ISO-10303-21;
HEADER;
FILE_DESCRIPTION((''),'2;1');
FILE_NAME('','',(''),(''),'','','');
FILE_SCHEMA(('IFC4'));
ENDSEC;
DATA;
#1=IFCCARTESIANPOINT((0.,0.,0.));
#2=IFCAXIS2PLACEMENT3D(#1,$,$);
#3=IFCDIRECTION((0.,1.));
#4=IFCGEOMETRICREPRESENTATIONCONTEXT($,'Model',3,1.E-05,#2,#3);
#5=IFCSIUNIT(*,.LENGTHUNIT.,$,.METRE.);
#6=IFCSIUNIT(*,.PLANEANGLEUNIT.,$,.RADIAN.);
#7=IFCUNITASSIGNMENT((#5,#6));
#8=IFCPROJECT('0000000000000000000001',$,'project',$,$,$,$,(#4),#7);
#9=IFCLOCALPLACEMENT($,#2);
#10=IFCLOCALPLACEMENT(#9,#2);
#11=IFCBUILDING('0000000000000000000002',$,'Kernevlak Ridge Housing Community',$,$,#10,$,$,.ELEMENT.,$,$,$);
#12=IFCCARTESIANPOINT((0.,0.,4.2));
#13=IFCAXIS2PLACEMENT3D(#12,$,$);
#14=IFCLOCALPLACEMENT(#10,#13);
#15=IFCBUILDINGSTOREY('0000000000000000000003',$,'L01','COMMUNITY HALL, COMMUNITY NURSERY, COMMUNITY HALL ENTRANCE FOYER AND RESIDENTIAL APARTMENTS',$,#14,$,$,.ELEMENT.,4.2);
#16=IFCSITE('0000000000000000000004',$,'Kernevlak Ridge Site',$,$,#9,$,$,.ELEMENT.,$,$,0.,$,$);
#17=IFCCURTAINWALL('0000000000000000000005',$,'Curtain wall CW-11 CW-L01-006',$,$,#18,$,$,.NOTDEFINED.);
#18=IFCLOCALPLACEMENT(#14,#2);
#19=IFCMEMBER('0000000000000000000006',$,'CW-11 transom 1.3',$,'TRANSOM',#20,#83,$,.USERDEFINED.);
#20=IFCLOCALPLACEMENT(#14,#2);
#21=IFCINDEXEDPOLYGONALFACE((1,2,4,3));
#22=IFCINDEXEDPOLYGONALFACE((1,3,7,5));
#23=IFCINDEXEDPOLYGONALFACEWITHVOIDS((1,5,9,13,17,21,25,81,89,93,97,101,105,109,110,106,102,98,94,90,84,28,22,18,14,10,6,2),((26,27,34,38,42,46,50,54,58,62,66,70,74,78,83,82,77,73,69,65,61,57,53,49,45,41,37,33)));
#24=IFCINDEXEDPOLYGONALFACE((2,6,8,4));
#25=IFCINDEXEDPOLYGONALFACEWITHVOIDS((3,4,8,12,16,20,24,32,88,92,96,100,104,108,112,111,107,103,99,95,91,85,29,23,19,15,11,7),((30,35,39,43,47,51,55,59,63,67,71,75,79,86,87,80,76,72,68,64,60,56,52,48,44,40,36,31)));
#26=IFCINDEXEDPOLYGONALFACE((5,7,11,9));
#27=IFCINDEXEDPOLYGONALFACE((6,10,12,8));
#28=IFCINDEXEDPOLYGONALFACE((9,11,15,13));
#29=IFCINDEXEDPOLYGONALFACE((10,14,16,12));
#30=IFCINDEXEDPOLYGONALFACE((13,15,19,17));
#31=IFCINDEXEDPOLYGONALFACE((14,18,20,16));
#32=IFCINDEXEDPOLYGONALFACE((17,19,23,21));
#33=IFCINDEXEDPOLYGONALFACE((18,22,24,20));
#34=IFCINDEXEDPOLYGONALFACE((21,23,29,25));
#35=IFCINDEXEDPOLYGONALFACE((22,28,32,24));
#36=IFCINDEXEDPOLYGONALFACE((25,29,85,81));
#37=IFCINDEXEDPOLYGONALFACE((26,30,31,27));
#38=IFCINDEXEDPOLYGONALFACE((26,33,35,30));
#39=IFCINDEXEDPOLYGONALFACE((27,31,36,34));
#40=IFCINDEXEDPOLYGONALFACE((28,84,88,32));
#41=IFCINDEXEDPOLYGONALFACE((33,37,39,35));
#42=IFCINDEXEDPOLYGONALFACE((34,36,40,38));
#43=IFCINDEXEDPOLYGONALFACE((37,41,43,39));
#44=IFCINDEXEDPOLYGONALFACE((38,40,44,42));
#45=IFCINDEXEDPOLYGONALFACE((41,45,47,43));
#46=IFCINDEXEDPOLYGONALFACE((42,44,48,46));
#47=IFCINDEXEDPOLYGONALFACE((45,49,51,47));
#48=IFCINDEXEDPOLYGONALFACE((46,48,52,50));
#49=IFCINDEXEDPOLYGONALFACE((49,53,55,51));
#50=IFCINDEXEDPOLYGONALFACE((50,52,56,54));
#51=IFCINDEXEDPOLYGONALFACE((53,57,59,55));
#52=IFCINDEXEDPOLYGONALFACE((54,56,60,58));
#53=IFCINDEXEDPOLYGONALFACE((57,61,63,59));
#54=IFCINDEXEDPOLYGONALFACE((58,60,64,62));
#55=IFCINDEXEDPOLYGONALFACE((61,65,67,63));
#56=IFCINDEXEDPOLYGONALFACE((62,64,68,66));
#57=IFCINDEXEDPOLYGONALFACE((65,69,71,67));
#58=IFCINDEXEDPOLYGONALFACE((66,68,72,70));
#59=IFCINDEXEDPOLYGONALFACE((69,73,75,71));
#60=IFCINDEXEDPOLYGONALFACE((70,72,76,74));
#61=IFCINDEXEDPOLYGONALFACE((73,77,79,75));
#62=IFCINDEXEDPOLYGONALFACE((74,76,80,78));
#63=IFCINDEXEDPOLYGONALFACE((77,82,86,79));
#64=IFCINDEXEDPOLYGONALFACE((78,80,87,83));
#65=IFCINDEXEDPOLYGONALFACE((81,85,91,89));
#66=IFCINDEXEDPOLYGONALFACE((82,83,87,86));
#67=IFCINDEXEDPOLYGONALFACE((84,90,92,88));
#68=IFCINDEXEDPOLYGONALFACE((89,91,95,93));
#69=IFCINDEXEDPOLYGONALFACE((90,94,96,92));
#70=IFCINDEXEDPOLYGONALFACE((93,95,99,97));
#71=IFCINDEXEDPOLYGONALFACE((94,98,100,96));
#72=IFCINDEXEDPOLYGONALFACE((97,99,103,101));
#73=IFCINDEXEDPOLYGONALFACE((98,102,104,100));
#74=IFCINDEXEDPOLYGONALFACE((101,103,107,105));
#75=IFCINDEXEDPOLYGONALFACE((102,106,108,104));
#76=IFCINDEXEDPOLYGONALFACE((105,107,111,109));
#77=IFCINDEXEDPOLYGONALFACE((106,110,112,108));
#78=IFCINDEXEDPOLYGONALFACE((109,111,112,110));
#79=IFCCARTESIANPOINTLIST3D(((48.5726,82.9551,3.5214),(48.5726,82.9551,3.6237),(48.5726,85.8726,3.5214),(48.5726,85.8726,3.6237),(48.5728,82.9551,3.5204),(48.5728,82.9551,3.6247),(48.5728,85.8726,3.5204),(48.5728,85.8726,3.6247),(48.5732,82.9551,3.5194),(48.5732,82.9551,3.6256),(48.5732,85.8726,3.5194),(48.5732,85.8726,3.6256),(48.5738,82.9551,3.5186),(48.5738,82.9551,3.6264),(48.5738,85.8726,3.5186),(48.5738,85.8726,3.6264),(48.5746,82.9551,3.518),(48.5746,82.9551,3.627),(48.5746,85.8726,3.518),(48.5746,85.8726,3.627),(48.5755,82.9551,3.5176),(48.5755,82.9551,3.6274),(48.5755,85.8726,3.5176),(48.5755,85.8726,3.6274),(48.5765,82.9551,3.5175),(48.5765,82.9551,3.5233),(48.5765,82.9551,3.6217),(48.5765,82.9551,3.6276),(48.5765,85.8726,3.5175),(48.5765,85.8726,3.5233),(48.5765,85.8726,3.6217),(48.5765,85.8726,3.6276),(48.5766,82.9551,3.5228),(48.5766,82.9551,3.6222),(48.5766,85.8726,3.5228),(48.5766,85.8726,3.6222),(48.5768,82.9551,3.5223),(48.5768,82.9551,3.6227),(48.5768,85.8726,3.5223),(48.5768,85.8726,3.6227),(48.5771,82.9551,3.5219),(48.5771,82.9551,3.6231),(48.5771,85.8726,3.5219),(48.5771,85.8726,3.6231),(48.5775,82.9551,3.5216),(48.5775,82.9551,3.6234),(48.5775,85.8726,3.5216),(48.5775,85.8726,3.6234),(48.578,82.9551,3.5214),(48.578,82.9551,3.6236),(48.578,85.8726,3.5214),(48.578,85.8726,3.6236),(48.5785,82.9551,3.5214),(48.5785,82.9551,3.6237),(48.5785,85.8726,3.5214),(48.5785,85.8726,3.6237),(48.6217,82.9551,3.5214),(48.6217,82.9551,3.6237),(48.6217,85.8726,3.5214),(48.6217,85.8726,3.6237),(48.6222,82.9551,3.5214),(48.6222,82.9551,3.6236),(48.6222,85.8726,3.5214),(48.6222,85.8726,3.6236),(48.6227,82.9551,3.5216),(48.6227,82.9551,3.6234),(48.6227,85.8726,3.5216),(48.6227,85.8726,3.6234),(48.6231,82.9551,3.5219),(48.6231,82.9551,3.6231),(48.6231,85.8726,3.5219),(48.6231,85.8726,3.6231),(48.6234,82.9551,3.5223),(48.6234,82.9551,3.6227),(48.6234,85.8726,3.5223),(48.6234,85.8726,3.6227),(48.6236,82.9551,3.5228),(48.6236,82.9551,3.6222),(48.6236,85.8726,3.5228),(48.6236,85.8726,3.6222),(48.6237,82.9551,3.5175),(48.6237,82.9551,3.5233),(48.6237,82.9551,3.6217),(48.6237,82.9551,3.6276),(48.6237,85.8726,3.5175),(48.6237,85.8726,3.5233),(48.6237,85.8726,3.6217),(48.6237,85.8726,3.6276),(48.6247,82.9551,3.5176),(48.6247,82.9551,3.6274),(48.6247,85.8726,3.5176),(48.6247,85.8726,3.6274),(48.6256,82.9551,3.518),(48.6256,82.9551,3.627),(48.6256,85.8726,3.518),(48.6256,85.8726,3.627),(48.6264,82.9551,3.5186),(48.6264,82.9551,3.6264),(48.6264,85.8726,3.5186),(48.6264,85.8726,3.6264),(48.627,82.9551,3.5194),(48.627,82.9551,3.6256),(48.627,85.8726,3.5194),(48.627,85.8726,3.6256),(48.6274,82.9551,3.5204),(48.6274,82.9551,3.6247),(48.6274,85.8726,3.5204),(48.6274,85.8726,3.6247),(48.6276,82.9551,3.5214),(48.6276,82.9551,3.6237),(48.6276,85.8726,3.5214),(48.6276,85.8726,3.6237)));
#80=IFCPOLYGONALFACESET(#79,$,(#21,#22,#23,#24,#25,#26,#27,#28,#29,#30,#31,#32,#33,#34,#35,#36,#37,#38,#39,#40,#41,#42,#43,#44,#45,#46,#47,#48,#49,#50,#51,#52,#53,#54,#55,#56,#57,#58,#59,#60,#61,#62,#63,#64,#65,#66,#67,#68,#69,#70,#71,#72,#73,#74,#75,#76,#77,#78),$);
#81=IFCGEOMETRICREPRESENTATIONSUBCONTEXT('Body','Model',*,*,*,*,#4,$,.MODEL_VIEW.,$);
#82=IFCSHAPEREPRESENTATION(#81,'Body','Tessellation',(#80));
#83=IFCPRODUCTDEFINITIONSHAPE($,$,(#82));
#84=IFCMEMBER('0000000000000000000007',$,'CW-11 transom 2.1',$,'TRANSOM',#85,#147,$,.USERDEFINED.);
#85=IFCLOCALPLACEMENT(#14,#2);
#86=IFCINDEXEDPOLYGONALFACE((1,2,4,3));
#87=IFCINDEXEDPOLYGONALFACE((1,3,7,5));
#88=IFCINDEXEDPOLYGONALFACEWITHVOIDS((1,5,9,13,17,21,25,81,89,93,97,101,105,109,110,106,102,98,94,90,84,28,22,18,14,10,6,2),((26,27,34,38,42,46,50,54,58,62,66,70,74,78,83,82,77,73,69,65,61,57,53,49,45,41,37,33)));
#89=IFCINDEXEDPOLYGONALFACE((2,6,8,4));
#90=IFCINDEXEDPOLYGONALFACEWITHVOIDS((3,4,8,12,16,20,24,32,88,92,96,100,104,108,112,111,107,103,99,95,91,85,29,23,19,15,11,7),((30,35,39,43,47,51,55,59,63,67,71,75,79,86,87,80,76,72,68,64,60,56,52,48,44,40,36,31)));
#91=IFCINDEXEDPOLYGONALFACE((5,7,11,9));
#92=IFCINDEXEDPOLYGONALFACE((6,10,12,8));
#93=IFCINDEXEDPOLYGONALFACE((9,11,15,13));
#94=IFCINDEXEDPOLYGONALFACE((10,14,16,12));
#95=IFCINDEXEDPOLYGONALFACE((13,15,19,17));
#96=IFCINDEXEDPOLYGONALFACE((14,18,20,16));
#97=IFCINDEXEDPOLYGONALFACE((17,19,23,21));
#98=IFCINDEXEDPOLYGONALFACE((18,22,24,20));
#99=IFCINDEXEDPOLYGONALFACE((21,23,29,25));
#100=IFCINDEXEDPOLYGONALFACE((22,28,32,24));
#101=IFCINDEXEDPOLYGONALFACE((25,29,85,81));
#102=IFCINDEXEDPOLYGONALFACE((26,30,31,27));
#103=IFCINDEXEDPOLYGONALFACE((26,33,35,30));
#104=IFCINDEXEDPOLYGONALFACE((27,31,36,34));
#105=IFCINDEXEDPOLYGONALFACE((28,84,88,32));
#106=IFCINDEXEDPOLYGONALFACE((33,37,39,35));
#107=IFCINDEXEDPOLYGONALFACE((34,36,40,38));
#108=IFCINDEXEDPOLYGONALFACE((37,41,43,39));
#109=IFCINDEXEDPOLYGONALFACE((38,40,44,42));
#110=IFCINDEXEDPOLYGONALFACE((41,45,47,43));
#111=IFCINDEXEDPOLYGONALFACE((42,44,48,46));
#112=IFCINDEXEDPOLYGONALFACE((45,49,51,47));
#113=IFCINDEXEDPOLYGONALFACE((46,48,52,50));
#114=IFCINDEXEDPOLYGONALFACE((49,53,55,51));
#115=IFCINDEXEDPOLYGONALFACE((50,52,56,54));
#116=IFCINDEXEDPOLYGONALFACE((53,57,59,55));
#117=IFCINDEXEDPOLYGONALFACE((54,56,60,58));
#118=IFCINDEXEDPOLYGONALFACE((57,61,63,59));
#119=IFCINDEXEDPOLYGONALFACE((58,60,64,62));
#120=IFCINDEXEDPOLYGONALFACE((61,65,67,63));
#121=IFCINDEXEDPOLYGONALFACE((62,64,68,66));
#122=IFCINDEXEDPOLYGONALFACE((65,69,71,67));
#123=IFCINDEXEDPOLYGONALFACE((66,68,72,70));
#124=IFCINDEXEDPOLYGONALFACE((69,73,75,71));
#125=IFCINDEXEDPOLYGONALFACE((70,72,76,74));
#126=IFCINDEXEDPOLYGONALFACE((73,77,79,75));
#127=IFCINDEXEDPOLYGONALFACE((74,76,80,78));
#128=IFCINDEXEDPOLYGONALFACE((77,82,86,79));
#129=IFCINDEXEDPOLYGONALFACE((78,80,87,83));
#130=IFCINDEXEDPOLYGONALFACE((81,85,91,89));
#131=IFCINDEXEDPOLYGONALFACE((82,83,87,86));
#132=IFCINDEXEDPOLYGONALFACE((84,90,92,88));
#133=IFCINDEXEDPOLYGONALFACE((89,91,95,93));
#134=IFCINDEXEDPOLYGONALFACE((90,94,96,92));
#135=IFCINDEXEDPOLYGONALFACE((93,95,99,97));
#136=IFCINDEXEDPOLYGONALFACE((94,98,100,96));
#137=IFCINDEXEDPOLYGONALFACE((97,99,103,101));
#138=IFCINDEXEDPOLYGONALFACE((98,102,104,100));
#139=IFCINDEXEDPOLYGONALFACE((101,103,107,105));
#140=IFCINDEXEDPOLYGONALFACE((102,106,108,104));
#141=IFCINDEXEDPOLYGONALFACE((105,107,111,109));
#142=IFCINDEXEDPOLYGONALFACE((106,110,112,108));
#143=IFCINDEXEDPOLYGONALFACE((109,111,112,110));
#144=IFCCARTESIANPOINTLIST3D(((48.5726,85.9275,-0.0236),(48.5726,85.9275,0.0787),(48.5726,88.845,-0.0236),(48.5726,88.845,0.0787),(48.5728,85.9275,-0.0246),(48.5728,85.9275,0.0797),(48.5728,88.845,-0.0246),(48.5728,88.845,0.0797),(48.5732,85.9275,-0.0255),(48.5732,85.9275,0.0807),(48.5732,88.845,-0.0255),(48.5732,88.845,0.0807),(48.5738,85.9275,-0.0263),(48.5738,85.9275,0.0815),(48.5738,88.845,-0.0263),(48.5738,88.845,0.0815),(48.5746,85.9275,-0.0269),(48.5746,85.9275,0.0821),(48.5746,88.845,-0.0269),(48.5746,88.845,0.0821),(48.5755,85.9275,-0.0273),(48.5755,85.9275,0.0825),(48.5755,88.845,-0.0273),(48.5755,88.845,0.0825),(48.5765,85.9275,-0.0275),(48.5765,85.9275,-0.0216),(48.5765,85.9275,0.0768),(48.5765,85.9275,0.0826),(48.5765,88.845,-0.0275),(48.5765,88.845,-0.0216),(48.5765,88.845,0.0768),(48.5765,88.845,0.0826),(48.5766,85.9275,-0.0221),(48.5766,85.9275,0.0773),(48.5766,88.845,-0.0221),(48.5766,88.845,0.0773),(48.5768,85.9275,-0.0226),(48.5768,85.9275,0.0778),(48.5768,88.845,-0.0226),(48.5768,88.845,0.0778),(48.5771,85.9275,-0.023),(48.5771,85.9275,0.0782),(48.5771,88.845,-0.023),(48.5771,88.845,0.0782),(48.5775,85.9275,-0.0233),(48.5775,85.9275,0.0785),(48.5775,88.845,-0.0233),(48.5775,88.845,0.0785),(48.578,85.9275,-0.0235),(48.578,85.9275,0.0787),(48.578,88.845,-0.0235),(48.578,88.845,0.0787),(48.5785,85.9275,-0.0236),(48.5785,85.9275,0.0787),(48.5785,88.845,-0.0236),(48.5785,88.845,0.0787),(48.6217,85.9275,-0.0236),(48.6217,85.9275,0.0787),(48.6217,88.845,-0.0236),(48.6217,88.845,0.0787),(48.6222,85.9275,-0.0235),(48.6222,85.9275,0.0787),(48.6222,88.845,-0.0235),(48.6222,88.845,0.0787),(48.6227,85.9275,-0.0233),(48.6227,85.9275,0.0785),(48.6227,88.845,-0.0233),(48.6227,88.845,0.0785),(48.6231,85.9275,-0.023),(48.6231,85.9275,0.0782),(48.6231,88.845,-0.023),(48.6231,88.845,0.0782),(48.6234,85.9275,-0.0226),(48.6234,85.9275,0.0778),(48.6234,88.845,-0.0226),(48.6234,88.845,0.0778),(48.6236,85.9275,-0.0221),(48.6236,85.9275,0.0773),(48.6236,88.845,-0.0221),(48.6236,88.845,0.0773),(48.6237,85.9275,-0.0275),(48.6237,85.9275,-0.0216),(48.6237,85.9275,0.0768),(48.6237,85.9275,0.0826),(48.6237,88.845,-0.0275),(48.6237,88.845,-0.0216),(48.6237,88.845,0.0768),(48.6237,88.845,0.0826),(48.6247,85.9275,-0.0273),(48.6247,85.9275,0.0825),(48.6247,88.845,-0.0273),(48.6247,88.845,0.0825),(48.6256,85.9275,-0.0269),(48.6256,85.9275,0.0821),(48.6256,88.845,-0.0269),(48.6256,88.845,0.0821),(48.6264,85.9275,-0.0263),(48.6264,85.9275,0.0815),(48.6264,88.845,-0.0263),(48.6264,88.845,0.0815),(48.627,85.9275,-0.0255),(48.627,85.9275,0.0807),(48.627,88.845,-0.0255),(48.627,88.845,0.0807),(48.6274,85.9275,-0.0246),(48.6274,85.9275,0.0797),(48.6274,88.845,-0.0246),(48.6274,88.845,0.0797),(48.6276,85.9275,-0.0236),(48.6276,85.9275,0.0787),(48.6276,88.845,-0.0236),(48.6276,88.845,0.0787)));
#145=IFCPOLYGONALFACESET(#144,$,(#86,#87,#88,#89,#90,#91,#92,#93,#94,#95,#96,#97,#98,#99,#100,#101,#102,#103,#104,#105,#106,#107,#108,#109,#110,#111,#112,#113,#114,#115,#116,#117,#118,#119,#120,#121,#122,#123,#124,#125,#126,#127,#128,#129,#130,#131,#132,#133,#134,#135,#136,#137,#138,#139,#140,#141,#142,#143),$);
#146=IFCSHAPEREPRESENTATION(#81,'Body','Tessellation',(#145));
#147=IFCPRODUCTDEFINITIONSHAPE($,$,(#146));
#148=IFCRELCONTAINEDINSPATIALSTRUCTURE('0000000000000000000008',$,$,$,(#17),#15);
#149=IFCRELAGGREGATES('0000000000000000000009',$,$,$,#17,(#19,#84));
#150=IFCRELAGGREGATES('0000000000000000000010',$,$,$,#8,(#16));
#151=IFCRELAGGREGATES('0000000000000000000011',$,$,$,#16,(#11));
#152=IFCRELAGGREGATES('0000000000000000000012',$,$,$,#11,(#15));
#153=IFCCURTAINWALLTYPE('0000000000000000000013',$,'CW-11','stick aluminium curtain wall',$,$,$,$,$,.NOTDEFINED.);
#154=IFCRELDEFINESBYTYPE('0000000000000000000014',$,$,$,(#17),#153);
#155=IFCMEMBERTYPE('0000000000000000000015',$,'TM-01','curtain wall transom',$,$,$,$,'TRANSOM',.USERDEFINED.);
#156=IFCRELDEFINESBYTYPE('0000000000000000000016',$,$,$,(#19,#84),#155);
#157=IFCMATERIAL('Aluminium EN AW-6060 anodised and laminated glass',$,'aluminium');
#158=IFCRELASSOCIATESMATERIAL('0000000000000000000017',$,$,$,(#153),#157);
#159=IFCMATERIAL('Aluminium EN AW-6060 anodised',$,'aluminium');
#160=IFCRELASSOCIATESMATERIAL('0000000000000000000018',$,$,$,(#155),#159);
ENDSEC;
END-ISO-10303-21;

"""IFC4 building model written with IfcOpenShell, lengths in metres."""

from ifc_helpers import new_model, si_unit, direction, frame, origin, origin_2d, place, context, subcontext, project, spatial, hollow_rectangle, extrude, material, material_profile, profile_set, type_object, element, aggregate, save


model = new_model("IFC4")

# Units and contexts
model_context = context("Model", 3, precision=1e-05, world=origin(), true_north=direction((0.0, 1.0)))
body_context = subcontext(model_context, "Body", "Model", "MODEL_VIEW")
ifc_project = project(units=[si_unit("LENGTHUNIT", "METRE"), si_unit("PLANEANGLEUNIT", "RADIAN")], contexts=[model_context])

# Site, building, storey
site_placement = place(None, origin())
site = spatial("IfcSite", under=ifc_project, at=site_placement, Name="Kernevlak Ridge Site", CompositionType="ELEMENT", RefElevation=0.0)
building_placement = place(site_placement, origin())
building = spatial("IfcBuilding", under=site, at=building_placement, Name="Kernevlak Ridge Housing Community", CompositionType="ELEMENT")
storey_placement = place(building_placement, frame((0.0, 0.0, 4.2)))
storey = spatial("IfcBuildingStorey", under=building, at=storey_placement, Name="L01", Description="COMMUNITY HALL, COMMUNITY NURSERY, COMMUNITY HALL ENTRANCE FOYER AND RESIDENTIAL APARTMENTS", CompositionType="ELEMENT", Elevation=4.2)

# Curtain wall
ifc_material_1 = material(Name="Aluminium EN AW-6060 anodised and laminated glass", Category="aluminium")
curtain_wall_type = type_object("IfcCurtainWallType", Name="CW-11", Description="stick aluminium curtain wall", PredefinedType="NOTDEFINED", material=ifc_material_1)
curtain_wall_placement = place(storey_placement, origin())
curtain_wall = element("IfcCurtainWall", 1, at=curtain_wall_placement, inside=storey, type_object=curtain_wall_type, Name="Curtain wall CW-11 CW-L01-006", PredefinedType="NOTDEFINED")
ifc_material_2 = material(Name="Aluminium EN AW-6060 anodised", Category="aluminium")

# Members
ifc_material_profile_1 = material_profile(ifc_material_2, hollow_rectangle(XDim=0.0549, YDim=0.1101, WallThickness=0.0039, InnerFilletRadius=0.002, OuterFilletRadius=0.0039, at=origin_2d()), Name="ALU 55x110x4")
ifc_profile_set_1 = profile_set([ifc_material_profile_1], Name="Aluminium EN AW-6060 anodised")
member_type_1 = type_object("IfcMemberType", Name="TM-01", Description="curtain wall transom", ElementType="TRANSOM", PredefinedType="USERDEFINED", material=ifc_profile_set_1)
member_1_placement = place(storey_placement, frame((48.6001, 82.9551, 3.5725), z_axis=(0.0, 1.0, 0.0), x_axis=(-1.0, 0.0, 0.0)))
member_1 = element("IfcMember", 2, at=member_1_placement, type_object=member_type_1, Name="CW-11 transom 1.3", ObjectType="TRANSOM", PredefinedType="USERDEFINED", context=body_context, shape_type="SweptSolid", body=[
    extrude(hollow_rectangle(XDim=0.0549, YDim=0.1101, WallThickness=0.0039, InnerFilletRadius=0.002, OuterFilletRadius=0.0039, at=origin_2d()), origin(), (0.0, 0.0, 1.0), 2.9175),
])
member_2_placement = place(storey_placement, frame((48.6001, 85.9275, 0.0276), z_axis=(0.0, 1.0, 0.0), x_axis=(-1.0, 0.0, 0.0)))
member_2 = element("IfcMember", 3, at=member_2_placement, type_object=member_type_1, Name="CW-11 transom 2.1", ObjectType="TRANSOM", PredefinedType="USERDEFINED", context=body_context, shape_type="SweptSolid", body=[
    extrude(hollow_rectangle(XDim=0.0549, YDim=0.1101, WallThickness=0.0039, InnerFilletRadius=0.002, OuterFilletRadius=0.0039, at=origin_2d()), origin(), (0.0, 0.0, 1.0), 2.9175),
])

aggregate(curtain_wall, [member_1, member_2])

save(model, "model.ifc")
